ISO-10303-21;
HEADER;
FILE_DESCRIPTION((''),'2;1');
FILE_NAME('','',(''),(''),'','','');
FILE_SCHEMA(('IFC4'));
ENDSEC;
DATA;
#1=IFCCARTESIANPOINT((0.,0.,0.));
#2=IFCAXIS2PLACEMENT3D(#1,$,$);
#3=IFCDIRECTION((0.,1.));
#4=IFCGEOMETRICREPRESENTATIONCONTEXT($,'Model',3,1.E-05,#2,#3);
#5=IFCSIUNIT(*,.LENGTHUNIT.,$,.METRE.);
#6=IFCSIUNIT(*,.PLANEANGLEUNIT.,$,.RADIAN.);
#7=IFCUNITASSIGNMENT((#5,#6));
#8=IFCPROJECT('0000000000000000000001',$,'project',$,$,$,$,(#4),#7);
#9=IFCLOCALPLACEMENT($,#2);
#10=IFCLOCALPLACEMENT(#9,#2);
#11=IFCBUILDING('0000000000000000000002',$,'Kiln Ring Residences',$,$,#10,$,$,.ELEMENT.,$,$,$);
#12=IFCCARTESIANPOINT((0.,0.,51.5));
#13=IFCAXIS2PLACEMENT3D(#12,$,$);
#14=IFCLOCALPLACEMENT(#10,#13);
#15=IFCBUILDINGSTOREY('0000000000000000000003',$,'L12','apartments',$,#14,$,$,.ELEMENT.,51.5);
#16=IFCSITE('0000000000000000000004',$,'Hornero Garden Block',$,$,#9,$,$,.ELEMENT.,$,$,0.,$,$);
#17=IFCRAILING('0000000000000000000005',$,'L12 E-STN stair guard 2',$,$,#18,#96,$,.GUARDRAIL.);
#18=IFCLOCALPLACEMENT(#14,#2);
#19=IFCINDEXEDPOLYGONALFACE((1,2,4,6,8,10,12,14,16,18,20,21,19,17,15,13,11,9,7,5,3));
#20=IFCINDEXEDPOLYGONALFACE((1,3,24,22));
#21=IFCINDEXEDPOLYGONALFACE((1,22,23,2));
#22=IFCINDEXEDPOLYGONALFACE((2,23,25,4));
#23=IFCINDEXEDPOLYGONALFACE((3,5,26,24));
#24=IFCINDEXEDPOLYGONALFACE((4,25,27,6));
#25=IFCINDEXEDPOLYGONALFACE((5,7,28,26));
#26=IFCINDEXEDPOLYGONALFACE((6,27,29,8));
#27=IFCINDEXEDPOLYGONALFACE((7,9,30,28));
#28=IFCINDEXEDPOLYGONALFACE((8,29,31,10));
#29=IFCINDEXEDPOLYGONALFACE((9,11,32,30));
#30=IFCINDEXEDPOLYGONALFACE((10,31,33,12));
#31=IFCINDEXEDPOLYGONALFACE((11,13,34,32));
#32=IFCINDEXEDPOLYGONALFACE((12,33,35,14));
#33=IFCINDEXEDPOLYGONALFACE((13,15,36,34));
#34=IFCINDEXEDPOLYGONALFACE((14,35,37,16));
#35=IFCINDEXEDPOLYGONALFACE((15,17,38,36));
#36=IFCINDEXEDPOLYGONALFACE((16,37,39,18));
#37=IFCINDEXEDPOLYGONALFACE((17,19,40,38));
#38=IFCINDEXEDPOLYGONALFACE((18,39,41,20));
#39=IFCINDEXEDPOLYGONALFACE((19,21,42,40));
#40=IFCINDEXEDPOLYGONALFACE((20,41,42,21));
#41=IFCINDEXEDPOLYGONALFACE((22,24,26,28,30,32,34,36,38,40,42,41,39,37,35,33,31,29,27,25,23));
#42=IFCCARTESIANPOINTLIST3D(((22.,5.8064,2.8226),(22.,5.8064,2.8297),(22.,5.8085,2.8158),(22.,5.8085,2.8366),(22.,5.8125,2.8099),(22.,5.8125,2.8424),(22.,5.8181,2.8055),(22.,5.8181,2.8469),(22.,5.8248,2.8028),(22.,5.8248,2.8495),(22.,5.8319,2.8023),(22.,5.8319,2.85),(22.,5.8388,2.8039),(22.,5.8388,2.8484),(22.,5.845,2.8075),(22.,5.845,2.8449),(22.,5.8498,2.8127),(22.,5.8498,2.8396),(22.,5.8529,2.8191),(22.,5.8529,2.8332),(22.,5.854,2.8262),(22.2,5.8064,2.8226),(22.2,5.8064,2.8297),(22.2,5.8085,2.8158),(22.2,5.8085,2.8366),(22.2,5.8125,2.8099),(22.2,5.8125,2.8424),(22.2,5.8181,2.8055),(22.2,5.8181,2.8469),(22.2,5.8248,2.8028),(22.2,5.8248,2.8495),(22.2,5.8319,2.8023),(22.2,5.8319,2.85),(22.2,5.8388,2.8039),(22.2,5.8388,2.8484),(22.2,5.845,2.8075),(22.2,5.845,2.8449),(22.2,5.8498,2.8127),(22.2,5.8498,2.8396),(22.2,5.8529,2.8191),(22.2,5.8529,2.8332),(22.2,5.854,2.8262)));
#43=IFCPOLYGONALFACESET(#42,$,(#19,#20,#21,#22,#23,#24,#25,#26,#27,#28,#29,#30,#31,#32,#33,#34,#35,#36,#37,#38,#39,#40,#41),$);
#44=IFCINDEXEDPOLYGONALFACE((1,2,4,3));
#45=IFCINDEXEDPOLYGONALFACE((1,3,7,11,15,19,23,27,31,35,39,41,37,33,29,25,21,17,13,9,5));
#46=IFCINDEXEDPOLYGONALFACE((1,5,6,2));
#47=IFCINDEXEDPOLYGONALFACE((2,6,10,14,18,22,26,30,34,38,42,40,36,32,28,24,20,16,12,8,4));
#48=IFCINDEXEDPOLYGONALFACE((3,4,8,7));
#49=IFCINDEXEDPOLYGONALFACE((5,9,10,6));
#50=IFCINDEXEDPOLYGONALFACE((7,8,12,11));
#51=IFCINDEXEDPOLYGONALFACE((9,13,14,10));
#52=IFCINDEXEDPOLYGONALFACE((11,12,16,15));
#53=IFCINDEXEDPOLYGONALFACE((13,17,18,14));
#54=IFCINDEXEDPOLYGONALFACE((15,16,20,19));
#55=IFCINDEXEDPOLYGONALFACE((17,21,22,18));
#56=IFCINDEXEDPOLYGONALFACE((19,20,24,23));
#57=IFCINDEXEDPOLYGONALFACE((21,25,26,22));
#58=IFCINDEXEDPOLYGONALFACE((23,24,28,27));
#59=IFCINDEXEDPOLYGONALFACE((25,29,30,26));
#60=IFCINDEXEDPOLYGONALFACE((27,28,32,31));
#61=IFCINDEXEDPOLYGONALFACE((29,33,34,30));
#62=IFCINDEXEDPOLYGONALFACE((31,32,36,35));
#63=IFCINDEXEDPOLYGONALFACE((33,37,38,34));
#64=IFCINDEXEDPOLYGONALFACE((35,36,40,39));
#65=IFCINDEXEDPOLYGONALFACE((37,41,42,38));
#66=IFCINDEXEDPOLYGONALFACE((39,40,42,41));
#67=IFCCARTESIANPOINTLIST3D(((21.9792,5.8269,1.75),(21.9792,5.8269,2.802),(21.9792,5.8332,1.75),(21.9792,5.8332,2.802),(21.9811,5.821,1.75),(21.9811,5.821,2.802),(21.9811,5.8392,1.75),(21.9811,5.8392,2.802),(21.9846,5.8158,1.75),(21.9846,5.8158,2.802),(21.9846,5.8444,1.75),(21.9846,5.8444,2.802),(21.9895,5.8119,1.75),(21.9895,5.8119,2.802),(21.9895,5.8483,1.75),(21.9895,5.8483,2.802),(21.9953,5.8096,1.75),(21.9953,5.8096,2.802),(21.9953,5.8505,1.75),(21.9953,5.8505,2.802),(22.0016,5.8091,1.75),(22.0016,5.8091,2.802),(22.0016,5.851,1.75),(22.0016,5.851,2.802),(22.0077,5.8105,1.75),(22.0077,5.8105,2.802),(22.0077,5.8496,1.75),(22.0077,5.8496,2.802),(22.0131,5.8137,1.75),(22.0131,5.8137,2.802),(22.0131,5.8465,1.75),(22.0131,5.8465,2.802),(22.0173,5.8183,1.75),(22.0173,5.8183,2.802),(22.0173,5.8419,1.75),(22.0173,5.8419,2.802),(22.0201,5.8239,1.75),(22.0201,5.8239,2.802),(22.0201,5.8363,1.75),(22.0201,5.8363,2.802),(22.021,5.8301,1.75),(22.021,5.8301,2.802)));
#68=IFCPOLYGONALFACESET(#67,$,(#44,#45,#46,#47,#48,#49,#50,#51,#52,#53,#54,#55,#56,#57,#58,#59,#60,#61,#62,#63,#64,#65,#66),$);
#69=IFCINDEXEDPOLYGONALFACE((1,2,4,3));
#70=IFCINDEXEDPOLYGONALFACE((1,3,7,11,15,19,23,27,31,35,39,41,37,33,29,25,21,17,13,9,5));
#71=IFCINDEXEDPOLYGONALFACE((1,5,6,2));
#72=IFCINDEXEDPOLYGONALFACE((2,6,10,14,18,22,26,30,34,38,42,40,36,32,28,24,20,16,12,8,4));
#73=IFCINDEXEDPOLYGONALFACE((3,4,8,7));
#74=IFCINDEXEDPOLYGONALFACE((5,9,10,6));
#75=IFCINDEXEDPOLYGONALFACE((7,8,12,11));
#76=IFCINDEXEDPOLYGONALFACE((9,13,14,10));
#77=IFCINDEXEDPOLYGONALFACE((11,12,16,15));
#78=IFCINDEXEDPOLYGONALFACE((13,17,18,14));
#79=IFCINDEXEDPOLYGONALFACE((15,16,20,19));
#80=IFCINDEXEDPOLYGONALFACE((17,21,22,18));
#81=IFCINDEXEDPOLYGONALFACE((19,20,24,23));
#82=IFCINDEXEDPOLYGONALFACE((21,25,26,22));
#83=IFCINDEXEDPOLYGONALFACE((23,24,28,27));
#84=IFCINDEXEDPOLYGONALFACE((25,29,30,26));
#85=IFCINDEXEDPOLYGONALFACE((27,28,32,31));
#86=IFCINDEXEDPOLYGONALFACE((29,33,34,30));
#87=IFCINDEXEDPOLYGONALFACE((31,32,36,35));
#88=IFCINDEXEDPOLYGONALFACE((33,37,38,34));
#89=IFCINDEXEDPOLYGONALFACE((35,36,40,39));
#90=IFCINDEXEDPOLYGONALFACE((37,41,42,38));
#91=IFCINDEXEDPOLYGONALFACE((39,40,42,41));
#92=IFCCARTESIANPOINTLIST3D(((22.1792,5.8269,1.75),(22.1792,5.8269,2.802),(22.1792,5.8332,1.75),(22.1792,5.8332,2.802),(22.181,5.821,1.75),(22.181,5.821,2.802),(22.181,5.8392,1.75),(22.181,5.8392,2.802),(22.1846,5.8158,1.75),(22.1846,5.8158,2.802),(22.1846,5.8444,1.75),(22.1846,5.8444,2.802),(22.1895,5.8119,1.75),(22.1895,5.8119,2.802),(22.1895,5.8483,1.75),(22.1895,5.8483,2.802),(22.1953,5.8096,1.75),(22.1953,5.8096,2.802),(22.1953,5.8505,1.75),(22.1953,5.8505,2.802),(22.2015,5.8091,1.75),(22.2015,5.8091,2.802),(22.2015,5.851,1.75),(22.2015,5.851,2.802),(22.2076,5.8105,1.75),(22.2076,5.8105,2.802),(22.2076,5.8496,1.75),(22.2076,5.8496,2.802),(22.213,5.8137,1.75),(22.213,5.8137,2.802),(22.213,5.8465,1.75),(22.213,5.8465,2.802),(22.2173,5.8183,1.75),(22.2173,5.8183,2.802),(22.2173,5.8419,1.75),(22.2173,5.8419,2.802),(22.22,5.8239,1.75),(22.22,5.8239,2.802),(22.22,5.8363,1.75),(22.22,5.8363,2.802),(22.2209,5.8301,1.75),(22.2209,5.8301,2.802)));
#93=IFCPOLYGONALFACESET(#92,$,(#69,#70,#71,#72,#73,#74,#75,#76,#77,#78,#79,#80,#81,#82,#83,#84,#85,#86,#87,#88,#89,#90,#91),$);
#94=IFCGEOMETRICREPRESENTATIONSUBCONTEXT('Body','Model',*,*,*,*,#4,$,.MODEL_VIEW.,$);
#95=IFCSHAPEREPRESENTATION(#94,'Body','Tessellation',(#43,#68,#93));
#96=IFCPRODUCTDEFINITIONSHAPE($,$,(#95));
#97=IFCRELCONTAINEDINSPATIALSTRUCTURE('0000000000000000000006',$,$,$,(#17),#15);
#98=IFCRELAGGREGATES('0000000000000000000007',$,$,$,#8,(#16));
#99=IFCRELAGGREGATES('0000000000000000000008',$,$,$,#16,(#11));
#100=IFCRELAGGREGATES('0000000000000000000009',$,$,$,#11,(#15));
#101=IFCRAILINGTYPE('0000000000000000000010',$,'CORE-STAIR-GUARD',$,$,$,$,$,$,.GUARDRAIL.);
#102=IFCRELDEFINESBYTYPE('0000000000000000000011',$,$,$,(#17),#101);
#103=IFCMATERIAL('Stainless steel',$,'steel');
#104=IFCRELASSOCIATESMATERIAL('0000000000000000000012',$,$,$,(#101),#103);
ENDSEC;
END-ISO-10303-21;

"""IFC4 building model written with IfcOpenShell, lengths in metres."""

from ifc_helpers import new_model, si_unit, direction, frame, origin, origin_2d, place, context, subcontext, project, spatial, circle, extrude, material, type_object, element, save


model = new_model("IFC4")

# Units and contexts
model_context = context("Model", 3, precision=1e-05, world=origin(), true_north=direction((0.0, 1.0)))
body_context = subcontext(model_context, "Body", "Model", "MODEL_VIEW")
ifc_project = project(units=[si_unit("LENGTHUNIT", "METRE"), si_unit("PLANEANGLEUNIT", "RADIAN")], contexts=[model_context])

# Site, building, storey
site_placement = place(None, origin())
site = spatial("IfcSite", under=ifc_project, at=site_placement, Name="Hornero Garden Block", CompositionType="ELEMENT", RefElevation=0.0)
building_placement = place(site_placement, origin())
building = spatial("IfcBuilding", under=site, at=building_placement, Name="Kiln Ring Residences", CompositionType="ELEMENT")
storey_placement = place(building_placement, frame((0.0, 0.0, 51.5)))
storey = spatial("IfcBuildingStorey", under=building, at=storey_placement, Name="L12", Description="apartments", CompositionType="ELEMENT", Elevation=51.5)

# Railing
ifc_material_1 = material(Name="Stainless steel", Category="steel")
railing_type_1 = type_object("IfcRailingType", Name="CORE-STAIR-GUARD", PredefinedType="GUARDRAIL", material=ifc_material_1)
railing_1_placement = place(storey_placement, frame((22.0, 5.8301, 1.75)))
element("IfcRailing", 1, at=railing_1_placement, inside=storey, type_object=railing_type_1, Name="L12 E-STN stair guard 2", PredefinedType="GUARDRAIL", context=body_context, shape_type="SweptSolid", body=[
    extrude(circle(Radius=0.0239, at=origin_2d()), frame((0.0, 0.0, 1.0762), z_axis=(1.0, 0.0, 0.0), x_axis=(0.0, 1.0, 0.0)), (0.0, 0.0, 1.0), 0.2),
    extrude(circle(Radius=0.021, at=origin_2d()), origin(), (0.0, 0.0, 1.0), 1.052),
    extrude(circle(Radius=0.021, at=origin_2d()), frame((0.2, 0.0, 0.0)), (0.0, 0.0, 1.0), 1.052),
])

save(model, "model.ifc")
